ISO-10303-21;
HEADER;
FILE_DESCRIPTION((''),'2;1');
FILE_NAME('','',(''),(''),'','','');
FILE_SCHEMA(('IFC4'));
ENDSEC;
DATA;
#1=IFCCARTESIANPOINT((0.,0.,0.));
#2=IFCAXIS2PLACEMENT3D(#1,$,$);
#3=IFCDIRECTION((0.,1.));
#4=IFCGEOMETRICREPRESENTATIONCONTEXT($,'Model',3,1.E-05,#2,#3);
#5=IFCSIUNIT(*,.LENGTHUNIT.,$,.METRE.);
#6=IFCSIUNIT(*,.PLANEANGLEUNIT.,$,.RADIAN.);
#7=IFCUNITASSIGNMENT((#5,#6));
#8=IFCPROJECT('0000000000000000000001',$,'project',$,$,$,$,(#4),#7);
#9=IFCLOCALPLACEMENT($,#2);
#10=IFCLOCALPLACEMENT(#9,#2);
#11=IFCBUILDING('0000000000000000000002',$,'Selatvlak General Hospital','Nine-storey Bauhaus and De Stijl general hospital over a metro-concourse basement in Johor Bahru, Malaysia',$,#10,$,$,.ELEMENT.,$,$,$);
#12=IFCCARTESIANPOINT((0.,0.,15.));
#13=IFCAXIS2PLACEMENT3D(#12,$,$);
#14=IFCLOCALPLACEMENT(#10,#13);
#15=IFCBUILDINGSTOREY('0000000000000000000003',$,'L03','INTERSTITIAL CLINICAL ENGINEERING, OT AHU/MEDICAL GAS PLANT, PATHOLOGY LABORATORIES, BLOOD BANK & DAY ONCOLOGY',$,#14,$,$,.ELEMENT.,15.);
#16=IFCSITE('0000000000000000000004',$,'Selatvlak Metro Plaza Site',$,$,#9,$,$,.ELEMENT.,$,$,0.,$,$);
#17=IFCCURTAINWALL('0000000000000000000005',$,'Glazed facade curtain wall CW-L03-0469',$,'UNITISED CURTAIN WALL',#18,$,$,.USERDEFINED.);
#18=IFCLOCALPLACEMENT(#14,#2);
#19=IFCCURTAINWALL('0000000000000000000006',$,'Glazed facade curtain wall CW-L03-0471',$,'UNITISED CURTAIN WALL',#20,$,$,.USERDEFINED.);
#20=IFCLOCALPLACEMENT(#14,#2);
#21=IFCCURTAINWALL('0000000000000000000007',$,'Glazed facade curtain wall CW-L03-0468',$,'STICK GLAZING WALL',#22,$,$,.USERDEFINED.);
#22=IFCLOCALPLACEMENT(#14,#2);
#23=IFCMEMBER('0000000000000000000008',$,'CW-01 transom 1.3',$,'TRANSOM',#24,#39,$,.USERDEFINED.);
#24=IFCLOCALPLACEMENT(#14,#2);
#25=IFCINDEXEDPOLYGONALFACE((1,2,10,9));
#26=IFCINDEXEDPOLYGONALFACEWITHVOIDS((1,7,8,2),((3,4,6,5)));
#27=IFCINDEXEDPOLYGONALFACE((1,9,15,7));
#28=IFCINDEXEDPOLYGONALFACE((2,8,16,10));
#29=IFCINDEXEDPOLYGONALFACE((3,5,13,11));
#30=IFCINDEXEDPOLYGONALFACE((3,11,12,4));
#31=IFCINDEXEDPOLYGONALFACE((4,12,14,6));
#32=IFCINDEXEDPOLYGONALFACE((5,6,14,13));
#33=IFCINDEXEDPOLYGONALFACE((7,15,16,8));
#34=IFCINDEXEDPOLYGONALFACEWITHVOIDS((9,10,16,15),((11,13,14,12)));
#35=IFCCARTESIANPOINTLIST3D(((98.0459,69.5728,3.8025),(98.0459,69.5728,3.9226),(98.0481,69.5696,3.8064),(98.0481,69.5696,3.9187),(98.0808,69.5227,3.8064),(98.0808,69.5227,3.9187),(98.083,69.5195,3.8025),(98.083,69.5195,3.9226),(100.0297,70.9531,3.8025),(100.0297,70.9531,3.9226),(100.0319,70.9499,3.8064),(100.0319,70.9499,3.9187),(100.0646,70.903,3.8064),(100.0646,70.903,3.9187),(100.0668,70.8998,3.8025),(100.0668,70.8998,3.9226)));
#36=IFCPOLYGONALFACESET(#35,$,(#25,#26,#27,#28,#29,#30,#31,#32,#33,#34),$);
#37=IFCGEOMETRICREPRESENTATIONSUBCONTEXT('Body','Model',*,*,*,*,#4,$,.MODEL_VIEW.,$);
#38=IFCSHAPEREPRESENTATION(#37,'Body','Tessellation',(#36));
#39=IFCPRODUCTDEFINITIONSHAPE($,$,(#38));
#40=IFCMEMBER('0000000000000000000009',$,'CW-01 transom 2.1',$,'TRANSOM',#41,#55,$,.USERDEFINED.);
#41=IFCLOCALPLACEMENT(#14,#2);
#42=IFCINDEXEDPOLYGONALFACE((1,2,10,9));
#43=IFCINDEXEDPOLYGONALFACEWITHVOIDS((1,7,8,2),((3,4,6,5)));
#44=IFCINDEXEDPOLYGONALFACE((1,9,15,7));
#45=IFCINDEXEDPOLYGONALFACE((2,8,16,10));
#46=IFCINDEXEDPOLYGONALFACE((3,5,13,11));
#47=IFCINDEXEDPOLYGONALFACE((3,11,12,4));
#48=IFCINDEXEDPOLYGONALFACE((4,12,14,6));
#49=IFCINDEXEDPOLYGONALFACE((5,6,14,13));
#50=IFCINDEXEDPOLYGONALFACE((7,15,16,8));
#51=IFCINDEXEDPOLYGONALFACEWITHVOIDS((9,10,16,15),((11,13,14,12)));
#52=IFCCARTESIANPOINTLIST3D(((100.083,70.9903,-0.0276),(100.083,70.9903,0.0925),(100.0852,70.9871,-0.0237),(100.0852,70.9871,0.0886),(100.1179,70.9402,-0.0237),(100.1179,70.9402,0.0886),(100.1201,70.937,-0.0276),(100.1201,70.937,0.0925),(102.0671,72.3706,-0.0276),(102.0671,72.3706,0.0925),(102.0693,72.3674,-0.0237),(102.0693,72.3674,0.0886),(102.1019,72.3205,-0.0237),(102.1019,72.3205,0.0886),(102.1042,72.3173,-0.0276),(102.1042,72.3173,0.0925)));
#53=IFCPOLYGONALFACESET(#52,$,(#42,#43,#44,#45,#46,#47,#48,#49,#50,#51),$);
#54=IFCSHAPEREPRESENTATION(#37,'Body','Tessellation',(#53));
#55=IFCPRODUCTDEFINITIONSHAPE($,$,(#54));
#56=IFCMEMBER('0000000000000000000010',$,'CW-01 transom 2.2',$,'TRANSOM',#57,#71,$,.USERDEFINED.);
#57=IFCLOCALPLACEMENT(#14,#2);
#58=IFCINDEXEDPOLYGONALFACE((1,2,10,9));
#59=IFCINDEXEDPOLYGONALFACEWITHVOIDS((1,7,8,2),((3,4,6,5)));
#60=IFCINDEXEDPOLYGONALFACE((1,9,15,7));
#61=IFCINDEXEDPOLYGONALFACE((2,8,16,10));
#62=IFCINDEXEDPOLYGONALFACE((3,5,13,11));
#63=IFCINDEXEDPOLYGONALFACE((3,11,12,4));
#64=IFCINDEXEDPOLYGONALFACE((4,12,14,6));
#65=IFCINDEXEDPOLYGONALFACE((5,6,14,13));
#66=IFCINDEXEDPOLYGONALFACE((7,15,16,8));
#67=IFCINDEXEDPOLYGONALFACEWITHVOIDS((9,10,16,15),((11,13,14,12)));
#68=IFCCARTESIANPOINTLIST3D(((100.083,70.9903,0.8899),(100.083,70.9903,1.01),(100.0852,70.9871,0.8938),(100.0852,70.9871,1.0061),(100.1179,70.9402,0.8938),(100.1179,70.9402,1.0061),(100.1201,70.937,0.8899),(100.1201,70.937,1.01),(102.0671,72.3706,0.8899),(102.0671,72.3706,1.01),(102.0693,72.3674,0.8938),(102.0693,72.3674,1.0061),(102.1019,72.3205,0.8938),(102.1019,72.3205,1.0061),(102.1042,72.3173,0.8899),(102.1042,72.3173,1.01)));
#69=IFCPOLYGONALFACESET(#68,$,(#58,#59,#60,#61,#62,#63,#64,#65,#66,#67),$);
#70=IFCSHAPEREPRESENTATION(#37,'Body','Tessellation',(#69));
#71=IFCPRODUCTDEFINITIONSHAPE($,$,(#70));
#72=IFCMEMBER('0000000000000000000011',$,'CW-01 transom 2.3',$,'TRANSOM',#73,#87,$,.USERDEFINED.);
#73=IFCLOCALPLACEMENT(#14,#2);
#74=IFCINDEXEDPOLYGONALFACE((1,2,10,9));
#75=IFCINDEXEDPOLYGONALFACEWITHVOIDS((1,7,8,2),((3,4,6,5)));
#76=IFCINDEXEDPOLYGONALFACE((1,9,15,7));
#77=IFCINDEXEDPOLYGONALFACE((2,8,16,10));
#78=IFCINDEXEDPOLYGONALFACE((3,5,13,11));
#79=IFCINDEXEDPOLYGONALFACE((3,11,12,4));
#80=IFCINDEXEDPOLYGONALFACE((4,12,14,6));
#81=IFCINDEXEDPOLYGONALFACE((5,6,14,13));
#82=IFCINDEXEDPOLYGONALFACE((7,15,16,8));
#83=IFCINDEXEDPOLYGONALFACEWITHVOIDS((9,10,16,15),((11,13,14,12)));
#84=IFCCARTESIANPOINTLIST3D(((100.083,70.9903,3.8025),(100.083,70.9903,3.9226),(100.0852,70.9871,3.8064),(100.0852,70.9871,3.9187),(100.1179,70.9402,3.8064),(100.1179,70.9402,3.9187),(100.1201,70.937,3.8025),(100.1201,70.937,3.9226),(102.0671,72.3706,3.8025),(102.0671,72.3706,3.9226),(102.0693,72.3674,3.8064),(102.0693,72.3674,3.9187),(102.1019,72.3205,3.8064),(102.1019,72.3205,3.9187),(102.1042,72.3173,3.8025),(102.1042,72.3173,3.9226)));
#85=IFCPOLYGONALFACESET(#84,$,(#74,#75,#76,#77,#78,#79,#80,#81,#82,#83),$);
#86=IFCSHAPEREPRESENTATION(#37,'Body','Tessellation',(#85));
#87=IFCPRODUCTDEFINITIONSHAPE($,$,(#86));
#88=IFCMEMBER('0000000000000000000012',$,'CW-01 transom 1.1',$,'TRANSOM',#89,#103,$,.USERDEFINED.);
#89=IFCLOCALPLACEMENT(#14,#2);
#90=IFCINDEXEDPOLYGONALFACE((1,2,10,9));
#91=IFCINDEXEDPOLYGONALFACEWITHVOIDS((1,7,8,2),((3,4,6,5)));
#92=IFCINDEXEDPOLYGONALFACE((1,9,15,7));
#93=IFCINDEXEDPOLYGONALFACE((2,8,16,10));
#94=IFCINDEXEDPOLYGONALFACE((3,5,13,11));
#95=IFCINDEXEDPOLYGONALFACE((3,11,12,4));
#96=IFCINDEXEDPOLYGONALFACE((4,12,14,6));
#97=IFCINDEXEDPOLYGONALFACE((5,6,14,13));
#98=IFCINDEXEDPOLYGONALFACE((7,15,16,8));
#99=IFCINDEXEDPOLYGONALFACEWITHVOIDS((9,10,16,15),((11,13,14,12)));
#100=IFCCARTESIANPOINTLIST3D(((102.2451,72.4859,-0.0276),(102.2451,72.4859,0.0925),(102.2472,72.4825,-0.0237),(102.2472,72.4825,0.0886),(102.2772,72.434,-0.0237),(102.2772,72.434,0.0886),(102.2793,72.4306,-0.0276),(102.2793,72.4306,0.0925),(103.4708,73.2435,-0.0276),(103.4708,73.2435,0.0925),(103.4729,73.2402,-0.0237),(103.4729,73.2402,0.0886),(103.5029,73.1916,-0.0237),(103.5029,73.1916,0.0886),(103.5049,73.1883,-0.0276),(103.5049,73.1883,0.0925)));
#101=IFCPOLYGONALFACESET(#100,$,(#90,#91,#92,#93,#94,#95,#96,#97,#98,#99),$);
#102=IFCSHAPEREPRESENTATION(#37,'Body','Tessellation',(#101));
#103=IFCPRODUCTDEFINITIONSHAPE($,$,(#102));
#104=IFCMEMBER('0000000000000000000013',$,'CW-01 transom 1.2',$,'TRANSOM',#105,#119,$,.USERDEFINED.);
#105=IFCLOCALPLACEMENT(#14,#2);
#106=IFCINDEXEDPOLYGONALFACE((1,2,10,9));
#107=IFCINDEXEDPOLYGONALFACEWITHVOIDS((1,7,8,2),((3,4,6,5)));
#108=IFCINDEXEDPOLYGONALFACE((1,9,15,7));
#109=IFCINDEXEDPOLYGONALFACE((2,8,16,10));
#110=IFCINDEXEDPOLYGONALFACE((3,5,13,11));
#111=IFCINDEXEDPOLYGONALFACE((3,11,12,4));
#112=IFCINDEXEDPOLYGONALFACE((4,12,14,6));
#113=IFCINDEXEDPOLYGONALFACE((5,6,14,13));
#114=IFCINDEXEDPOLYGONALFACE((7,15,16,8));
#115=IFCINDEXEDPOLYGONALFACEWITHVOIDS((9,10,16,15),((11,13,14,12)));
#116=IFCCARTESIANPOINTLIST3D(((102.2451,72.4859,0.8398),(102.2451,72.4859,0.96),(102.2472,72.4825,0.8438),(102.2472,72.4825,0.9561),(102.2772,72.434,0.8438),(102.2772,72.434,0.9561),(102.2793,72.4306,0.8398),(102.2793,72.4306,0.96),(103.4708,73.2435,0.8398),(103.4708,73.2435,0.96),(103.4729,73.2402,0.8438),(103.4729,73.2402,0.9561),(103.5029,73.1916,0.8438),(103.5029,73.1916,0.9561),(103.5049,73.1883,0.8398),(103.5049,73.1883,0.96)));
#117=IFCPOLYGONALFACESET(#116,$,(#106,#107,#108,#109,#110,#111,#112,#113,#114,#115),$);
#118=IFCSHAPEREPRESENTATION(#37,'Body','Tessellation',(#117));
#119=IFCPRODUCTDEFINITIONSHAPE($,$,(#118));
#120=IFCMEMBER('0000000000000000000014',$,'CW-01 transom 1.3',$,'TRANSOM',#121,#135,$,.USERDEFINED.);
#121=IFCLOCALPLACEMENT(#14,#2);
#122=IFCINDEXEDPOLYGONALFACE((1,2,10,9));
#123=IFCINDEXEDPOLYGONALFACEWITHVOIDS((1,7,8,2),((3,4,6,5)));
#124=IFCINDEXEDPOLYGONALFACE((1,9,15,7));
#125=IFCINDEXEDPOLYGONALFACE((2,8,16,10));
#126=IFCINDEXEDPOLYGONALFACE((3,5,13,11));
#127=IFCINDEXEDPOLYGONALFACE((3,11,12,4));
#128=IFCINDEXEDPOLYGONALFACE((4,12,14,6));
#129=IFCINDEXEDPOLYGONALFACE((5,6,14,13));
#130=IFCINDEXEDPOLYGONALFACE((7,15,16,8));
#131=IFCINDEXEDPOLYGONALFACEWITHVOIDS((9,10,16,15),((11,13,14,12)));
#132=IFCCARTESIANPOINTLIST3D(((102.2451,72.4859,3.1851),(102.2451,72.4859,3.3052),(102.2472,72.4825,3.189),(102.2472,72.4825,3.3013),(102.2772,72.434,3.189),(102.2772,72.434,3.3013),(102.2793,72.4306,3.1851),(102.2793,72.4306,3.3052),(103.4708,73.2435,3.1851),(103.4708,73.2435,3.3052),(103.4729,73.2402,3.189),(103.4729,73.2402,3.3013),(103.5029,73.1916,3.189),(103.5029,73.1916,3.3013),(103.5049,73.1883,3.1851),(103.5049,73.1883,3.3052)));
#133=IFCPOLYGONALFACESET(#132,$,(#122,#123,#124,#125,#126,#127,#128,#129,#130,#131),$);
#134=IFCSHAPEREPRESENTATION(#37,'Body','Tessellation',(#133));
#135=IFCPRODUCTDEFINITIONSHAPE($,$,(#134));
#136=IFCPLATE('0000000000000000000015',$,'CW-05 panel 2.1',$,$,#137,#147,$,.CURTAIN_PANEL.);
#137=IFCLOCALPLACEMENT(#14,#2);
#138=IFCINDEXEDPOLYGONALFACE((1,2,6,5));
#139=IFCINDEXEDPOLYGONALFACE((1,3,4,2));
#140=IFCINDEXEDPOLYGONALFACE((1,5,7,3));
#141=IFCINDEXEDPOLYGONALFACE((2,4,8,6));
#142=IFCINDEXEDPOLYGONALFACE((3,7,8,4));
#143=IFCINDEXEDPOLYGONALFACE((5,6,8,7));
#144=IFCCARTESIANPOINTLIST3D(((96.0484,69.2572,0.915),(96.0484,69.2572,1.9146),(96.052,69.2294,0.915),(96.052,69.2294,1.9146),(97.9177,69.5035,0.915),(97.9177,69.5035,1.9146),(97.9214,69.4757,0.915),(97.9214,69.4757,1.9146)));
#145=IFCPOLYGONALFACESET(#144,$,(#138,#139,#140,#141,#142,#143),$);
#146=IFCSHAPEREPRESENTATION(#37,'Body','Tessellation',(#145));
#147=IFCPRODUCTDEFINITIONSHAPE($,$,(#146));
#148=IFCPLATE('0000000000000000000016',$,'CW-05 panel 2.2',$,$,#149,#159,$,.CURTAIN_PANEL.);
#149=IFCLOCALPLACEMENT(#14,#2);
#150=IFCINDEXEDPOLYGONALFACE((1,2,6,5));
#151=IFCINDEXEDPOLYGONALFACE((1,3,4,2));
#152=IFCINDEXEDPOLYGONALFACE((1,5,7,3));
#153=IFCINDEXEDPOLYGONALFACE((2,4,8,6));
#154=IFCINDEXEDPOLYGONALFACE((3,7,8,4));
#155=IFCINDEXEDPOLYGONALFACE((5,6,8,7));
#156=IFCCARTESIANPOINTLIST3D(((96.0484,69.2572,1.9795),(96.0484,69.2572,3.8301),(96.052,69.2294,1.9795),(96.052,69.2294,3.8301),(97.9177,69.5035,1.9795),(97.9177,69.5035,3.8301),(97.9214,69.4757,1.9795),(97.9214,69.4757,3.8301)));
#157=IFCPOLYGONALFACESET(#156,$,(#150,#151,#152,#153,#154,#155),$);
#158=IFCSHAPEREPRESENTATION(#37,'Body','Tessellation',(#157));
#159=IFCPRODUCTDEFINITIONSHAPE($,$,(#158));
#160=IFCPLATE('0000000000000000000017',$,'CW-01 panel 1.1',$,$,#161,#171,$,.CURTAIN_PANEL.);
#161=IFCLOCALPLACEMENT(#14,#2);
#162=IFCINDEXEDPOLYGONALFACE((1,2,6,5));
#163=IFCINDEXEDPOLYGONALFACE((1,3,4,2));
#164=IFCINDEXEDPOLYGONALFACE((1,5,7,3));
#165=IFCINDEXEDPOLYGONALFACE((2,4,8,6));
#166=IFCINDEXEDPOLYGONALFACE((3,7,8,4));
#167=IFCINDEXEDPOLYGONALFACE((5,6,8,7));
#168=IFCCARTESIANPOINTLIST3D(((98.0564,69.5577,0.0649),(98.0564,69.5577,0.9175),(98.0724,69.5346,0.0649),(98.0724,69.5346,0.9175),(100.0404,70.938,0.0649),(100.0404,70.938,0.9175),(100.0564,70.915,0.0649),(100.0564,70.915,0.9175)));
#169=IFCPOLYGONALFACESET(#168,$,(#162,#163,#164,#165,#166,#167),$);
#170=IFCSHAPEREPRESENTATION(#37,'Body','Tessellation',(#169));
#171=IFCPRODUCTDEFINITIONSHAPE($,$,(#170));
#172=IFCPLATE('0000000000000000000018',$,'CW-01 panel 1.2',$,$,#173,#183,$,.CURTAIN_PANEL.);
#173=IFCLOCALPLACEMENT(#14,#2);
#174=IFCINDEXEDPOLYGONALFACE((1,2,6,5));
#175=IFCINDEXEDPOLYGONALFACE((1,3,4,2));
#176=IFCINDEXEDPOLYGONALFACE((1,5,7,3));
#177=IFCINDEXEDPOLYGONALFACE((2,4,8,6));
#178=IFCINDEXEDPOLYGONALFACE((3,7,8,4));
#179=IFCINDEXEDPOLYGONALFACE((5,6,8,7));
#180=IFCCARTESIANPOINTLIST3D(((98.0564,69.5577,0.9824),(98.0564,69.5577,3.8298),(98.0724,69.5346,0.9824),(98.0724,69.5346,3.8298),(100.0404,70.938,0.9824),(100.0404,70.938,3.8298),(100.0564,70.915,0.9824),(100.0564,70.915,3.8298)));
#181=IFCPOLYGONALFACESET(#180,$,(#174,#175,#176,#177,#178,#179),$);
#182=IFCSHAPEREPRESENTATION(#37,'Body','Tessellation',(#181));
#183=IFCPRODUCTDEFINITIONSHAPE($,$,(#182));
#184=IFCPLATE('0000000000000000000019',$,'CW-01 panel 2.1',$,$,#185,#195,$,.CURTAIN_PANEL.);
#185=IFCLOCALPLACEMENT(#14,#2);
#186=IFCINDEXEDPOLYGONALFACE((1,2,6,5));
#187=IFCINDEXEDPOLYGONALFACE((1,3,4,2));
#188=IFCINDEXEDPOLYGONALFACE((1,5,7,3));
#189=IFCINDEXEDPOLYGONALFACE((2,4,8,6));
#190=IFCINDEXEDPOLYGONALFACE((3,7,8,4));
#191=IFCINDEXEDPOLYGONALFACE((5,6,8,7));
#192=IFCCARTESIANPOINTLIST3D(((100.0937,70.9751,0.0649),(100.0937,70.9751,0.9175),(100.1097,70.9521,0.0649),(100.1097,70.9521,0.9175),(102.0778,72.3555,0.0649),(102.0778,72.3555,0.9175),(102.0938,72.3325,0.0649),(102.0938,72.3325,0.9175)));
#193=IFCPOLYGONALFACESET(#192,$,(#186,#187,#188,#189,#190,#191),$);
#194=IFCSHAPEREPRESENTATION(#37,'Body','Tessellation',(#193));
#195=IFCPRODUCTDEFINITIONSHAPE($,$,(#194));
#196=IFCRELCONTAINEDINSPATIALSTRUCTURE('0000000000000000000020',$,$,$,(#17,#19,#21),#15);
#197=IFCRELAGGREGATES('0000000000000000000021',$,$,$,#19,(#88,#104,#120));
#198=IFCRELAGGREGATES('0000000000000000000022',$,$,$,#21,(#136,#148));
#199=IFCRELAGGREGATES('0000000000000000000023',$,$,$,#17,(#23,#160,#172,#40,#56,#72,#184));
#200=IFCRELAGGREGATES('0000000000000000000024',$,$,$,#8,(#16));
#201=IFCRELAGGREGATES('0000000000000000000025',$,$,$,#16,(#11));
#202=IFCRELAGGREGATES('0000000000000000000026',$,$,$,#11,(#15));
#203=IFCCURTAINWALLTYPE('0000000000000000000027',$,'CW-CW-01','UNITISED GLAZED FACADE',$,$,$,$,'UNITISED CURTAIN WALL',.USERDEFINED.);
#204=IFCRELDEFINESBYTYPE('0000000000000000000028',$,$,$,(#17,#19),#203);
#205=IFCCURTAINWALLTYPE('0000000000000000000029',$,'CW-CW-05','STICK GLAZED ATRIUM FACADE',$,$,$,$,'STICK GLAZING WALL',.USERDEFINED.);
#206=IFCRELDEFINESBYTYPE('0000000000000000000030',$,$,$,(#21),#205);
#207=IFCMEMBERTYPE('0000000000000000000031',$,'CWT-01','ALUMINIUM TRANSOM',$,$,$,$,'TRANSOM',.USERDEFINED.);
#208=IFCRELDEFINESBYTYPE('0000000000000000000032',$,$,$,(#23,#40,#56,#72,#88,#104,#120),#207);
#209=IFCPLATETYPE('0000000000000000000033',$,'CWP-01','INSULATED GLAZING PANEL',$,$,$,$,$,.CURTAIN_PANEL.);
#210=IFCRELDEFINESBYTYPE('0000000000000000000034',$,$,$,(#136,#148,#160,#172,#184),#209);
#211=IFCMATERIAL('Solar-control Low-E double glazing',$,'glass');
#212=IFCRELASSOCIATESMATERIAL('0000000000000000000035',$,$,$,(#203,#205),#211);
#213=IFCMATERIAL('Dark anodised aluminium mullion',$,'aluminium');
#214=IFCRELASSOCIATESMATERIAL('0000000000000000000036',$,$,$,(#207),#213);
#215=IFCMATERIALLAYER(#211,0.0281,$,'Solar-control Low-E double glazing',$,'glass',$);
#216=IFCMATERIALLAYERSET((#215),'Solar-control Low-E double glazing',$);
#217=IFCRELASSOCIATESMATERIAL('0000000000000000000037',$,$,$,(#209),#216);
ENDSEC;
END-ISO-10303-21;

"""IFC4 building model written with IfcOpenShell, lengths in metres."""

from ifc_helpers import new_model, si_unit, direction, frame, origin, origin_2d, place, context, subcontext, project, spatial, rectangle, hollow_rectangle, extrude, material, layer, layer_set, material_profile, profile_set, type_object, element, aggregate, save


model = new_model("IFC4")

# Units and contexts
model_context = context("Model", 3, precision=1e-05, world=origin(), true_north=direction((0.0, 1.0)))
body_context = subcontext(model_context, "Body", "Model", "MODEL_VIEW")
ifc_project = project(units=[si_unit("LENGTHUNIT", "METRE"), si_unit("PLANEANGLEUNIT", "RADIAN")], contexts=[model_context])

# Site, building, storey
site_placement = place(None, origin())
site = spatial("IfcSite", under=ifc_project, at=site_placement, Name="Selatvlak Metro Plaza Site", CompositionType="ELEMENT", RefElevation=0.0)
building_placement = place(site_placement, origin())
building = spatial("IfcBuilding", under=site, at=building_placement, Name="Selatvlak General Hospital", Description="Nine-storey Bauhaus and De Stijl general hospital over a metro-concourse basement in Johor Bahru, Malaysia", CompositionType="ELEMENT")
storey_placement = place(building_placement, frame((0.0, 0.0, 15.0)))
storey = spatial("IfcBuildingStorey", under=building, at=storey_placement, Name="L03", Description="INTERSTITIAL CLINICAL ENGINEERING, OT AHU/MEDICAL GAS PLANT, PATHOLOGY LABORATORIES, BLOOD BANK & DAY ONCOLOGY", CompositionType="ELEMENT", Elevation=15.0)

# Curtain wall
ifc_material_1 = material(Name="Solar-control Low-E double glazing", Category="glass")
curtain_wall_type_1 = type_object("IfcCurtainWallType", Name="CW-CW-01", Description="UNITISED GLAZED FACADE", ElementType="UNITISED CURTAIN WALL", PredefinedType="USERDEFINED", material=ifc_material_1)
curtain_wall_1_placement = place(storey_placement, origin())
curtain_wall_1 = element("IfcCurtainWall", 1, at=curtain_wall_1_placement, inside=storey, type_object=curtain_wall_type_1, Name="Glazed facade curtain wall CW-L03-0469", ObjectType="UNITISED CURTAIN WALL", PredefinedType="USERDEFINED")
ifc_material_2 = material(Name="Dark anodised aluminium mullion", Category="aluminium")

# Curtain wall
curtain_wall_2_placement = place(storey_placement, origin())
curtain_wall_2 = element("IfcCurtainWall", 2, at=curtain_wall_2_placement, inside=storey, type_object=curtain_wall_type_1, Name="Glazed facade curtain wall CW-L03-0471", ObjectType="UNITISED CURTAIN WALL", PredefinedType="USERDEFINED")

# Curtain wall
curtain_wall_type_2 = type_object("IfcCurtainWallType", Name="CW-CW-05", Description="STICK GLAZED ATRIUM FACADE", ElementType="STICK GLAZING WALL", PredefinedType="USERDEFINED", material=ifc_material_1)
curtain_wall_3_placement = place(storey_placement, origin())
curtain_wall_3 = element("IfcCurtainWall", 3, at=curtain_wall_3_placement, inside=storey, type_object=curtain_wall_type_2, Name="Glazed facade curtain wall CW-L03-0468", ObjectType="STICK GLAZING WALL", PredefinedType="USERDEFINED")
ifc_material_profile_1 = material_profile(ifc_material_2, hollow_rectangle(XDim=0.0649, YDim=0.1201, WallThickness=0.0039, at=origin_2d()), Name="AL-TRN 65x120x4")
ifc_profile_set_1 = profile_set([ifc_material_profile_1], Name="Dark anodised aluminium mullion")
member_type_1 = type_object("IfcMemberType", Name="CWT-01", Description="ALUMINIUM TRANSOM", ElementType="TRANSOM", PredefinedType="USERDEFINED", material=ifc_profile_set_1)

# Members
member_1_placement = place(storey_placement, frame((98.0645, 69.5461, 3.8625), z_axis=(0.820852, 0.571141, 0.0), x_axis=(-0.571141, 0.820852, 0.0)))
member_1 = element("IfcMember", 4, at=member_1_placement, type_object=member_type_1, Name="CW-01 transom 1.3", ObjectType="TRANSOM", PredefinedType="USERDEFINED", context=body_context, shape_type="SweptSolid", body=[
    extrude(hollow_rectangle(XDim=0.0649, YDim=0.1201, WallThickness=0.0039, at=origin_2d()), origin(), (0.0, 0.0, 1.0), 2.4167),
])
member_2_placement = place(storey_placement, frame((100.1016, 70.9636, 0.0325), z_axis=(0.820885, 0.571094, 0.0), x_axis=(-0.571094, 0.820885, 0.0)))
member_2 = element("IfcMember", 5, at=member_2_placement, type_object=member_type_1, Name="CW-01 transom 2.1", ObjectType="TRANSOM", PredefinedType="USERDEFINED", context=body_context, shape_type="SweptSolid", body=[
    extrude(hollow_rectangle(XDim=0.0649, YDim=0.1201, WallThickness=0.0039, at=origin_2d()), origin(), (0.0, 0.0, 1.0), 2.417),
])
member_3_placement = place(storey_placement, frame((100.1016, 70.9636, 0.95), z_axis=(0.820885, 0.571094, 0.0), x_axis=(-0.571094, 0.820885, 0.0)))
member_3 = element("IfcMember", 6, at=member_3_placement, type_object=member_type_1, Name="CW-01 transom 2.2", ObjectType="TRANSOM", PredefinedType="USERDEFINED", context=body_context, shape_type="SweptSolid", body=[
    extrude(hollow_rectangle(XDim=0.0649, YDim=0.1201, WallThickness=0.0039, at=origin_2d()), origin(), (0.0, 0.0, 1.0), 2.417),
])
member_4_placement = place(storey_placement, frame((100.1016, 70.9636, 3.8625), z_axis=(0.820885, 0.571094, 0.0), x_axis=(-0.571094, 0.820885, 0.0)))
member_4 = element("IfcMember", 7, at=member_4_placement, type_object=member_type_1, Name="CW-01 transom 2.3", ObjectType="TRANSOM", PredefinedType="USERDEFINED", context=body_context, shape_type="SweptSolid", body=[
    extrude(hollow_rectangle(XDim=0.0649, YDim=0.1201, WallThickness=0.0039, at=origin_2d()), origin(), (0.0, 0.0, 1.0), 2.417),
])
member_5_placement = place(storey_placement, frame((102.2622, 72.4583, 0.0325), z_axis=(0.850615, 0.525789, 0.0), x_axis=(-0.525789, 0.850615, 0.0)))
member_5 = element("IfcMember", 8, at=member_5_placement, type_object=member_type_1, Name="CW-01 transom 1.1", ObjectType="TRANSOM", PredefinedType="USERDEFINED", context=body_context, shape_type="SweptSolid", body=[
    extrude(hollow_rectangle(XDim=0.0649, YDim=0.1201, WallThickness=0.0039, at=origin_2d()), origin(), (0.0, 0.0, 1.0), 1.4409),
])
member_6_placement = place(storey_placement, frame((102.2622, 72.4583, 0.8999), z_axis=(0.850615, 0.525789, 0.0), x_axis=(-0.525789, 0.850615, 0.0)))
member_6 = element("IfcMember", 9, at=member_6_placement, type_object=member_type_1, Name="CW-01 transom 1.2", ObjectType="TRANSOM", PredefinedType="USERDEFINED", context=body_context, shape_type="SweptSolid", body=[
    extrude(hollow_rectangle(XDim=0.0649, YDim=0.1201, WallThickness=0.0039, at=origin_2d()), origin(), (0.0, 0.0, 1.0), 1.4409),
])
member_7_placement = place(storey_placement, frame((102.2622, 72.4583, 3.2451), z_axis=(0.850615, 0.525789, 0.0), x_axis=(-0.525789, 0.850615, 0.0)))
member_7 = element("IfcMember", 10, at=member_7_placement, type_object=member_type_1, Name="CW-01 transom 1.3", ObjectType="TRANSOM", PredefinedType="USERDEFINED", context=body_context, shape_type="SweptSolid", body=[
    extrude(hollow_rectangle(XDim=0.0649, YDim=0.1201, WallThickness=0.0039, at=origin_2d()), origin(), (0.0, 0.0, 1.0), 1.4409),
])
aggregate(curtain_wall_2, [member_5, member_6, member_7])

# Plates
ifc_layer_1 = layer(ifc_material_1, 0.0281, Name="Solar-control Low-E double glazing", Category="glass")
ifc_layer_set_1 = layer_set([ifc_layer_1], Name="Solar-control Low-E double glazing")
plate_type = type_object("IfcPlateType", Name="CWP-01", Description="INSULATED GLAZING PANEL", PredefinedType="CURTAIN_PANEL", material=ifc_layer_set_1)
plate_1_placement = place(storey_placement, frame((96.9849, 69.3665, 0.915), z_axis=(0.0, 0.0, 1.0), x_axis=(0.991434, 0.130611, 0.0)))
plate_1 = element("IfcPlate", 11, at=plate_1_placement, type_object=plate_type, Name="CW-05 panel 2.1", PredefinedType="CURTAIN_PANEL", context=body_context, shape_type="SweptSolid", body=[
    extrude(rectangle(XDim=1.8855, YDim=0.0281, at=origin_2d()), origin(), (0.0, 0.0, 1.0), 0.9995),
])
plate_2_placement = place(storey_placement, frame((96.9849, 69.3665, 1.9795), z_axis=(0.0, 0.0, 1.0), x_axis=(0.991434, 0.130611, 0.0)))
plate_2 = element("IfcPlate", 12, at=plate_2_placement, type_object=plate_type, Name="CW-05 panel 2.2", PredefinedType="CURTAIN_PANEL", context=body_context, shape_type="SweptSolid", body=[
    extrude(rectangle(XDim=1.8855, YDim=0.0281, at=origin_2d()), origin(), (0.0, 0.0, 1.0), 1.8506),
])
aggregate(curtain_wall_3, [plate_1, plate_2])
plate_3_placement = place(storey_placement, frame((99.0564, 70.2363, 0.0649), z_axis=(0.0, 0.0, 1.0), x_axis=(0.820873, 0.571111, 0.0)))
plate_3 = element("IfcPlate", 13, at=plate_3_placement, type_object=plate_type, Name="CW-01 panel 1.1", PredefinedType="CURTAIN_PANEL", context=body_context, shape_type="SweptSolid", body=[
    extrude(rectangle(XDim=2.417, YDim=0.0281, at=origin_2d()), origin(), (0.0, 0.0, 1.0), 0.8525),
])
plate_4_placement = place(storey_placement, frame((99.0564, 70.2363, 0.9824), z_axis=(0.0, 0.0, 1.0), x_axis=(0.820873, 0.571111, 0.0)))
plate_4 = element("IfcPlate", 14, at=plate_4_placement, type_object=plate_type, Name="CW-01 panel 1.2", PredefinedType="CURTAIN_PANEL", context=body_context, shape_type="SweptSolid", body=[
    extrude(rectangle(XDim=2.417, YDim=0.0281, at=origin_2d()), origin(), (0.0, 0.0, 1.0), 2.8474),
])
plate_5_placement = place(storey_placement, frame((101.0938, 71.6538, 0.0649), z_axis=(0.0, 0.0, 1.0), x_axis=(0.820873, 0.571111, 0.0)))
plate_5 = element("IfcPlate", 15, at=plate_5_placement, type_object=plate_type, Name="CW-01 panel 2.1", PredefinedType="CURTAIN_PANEL", context=body_context, shape_type="SweptSolid", body=[
    extrude(rectangle(XDim=2.417, YDim=0.0281, at=origin_2d()), origin(), (0.0, 0.0, 1.0), 0.8525),
])
aggregate(curtain_wall_1, [member_1, plate_3, plate_4, member_2, member_3, member_4, plate_5])

save(model, "model.ifc")
